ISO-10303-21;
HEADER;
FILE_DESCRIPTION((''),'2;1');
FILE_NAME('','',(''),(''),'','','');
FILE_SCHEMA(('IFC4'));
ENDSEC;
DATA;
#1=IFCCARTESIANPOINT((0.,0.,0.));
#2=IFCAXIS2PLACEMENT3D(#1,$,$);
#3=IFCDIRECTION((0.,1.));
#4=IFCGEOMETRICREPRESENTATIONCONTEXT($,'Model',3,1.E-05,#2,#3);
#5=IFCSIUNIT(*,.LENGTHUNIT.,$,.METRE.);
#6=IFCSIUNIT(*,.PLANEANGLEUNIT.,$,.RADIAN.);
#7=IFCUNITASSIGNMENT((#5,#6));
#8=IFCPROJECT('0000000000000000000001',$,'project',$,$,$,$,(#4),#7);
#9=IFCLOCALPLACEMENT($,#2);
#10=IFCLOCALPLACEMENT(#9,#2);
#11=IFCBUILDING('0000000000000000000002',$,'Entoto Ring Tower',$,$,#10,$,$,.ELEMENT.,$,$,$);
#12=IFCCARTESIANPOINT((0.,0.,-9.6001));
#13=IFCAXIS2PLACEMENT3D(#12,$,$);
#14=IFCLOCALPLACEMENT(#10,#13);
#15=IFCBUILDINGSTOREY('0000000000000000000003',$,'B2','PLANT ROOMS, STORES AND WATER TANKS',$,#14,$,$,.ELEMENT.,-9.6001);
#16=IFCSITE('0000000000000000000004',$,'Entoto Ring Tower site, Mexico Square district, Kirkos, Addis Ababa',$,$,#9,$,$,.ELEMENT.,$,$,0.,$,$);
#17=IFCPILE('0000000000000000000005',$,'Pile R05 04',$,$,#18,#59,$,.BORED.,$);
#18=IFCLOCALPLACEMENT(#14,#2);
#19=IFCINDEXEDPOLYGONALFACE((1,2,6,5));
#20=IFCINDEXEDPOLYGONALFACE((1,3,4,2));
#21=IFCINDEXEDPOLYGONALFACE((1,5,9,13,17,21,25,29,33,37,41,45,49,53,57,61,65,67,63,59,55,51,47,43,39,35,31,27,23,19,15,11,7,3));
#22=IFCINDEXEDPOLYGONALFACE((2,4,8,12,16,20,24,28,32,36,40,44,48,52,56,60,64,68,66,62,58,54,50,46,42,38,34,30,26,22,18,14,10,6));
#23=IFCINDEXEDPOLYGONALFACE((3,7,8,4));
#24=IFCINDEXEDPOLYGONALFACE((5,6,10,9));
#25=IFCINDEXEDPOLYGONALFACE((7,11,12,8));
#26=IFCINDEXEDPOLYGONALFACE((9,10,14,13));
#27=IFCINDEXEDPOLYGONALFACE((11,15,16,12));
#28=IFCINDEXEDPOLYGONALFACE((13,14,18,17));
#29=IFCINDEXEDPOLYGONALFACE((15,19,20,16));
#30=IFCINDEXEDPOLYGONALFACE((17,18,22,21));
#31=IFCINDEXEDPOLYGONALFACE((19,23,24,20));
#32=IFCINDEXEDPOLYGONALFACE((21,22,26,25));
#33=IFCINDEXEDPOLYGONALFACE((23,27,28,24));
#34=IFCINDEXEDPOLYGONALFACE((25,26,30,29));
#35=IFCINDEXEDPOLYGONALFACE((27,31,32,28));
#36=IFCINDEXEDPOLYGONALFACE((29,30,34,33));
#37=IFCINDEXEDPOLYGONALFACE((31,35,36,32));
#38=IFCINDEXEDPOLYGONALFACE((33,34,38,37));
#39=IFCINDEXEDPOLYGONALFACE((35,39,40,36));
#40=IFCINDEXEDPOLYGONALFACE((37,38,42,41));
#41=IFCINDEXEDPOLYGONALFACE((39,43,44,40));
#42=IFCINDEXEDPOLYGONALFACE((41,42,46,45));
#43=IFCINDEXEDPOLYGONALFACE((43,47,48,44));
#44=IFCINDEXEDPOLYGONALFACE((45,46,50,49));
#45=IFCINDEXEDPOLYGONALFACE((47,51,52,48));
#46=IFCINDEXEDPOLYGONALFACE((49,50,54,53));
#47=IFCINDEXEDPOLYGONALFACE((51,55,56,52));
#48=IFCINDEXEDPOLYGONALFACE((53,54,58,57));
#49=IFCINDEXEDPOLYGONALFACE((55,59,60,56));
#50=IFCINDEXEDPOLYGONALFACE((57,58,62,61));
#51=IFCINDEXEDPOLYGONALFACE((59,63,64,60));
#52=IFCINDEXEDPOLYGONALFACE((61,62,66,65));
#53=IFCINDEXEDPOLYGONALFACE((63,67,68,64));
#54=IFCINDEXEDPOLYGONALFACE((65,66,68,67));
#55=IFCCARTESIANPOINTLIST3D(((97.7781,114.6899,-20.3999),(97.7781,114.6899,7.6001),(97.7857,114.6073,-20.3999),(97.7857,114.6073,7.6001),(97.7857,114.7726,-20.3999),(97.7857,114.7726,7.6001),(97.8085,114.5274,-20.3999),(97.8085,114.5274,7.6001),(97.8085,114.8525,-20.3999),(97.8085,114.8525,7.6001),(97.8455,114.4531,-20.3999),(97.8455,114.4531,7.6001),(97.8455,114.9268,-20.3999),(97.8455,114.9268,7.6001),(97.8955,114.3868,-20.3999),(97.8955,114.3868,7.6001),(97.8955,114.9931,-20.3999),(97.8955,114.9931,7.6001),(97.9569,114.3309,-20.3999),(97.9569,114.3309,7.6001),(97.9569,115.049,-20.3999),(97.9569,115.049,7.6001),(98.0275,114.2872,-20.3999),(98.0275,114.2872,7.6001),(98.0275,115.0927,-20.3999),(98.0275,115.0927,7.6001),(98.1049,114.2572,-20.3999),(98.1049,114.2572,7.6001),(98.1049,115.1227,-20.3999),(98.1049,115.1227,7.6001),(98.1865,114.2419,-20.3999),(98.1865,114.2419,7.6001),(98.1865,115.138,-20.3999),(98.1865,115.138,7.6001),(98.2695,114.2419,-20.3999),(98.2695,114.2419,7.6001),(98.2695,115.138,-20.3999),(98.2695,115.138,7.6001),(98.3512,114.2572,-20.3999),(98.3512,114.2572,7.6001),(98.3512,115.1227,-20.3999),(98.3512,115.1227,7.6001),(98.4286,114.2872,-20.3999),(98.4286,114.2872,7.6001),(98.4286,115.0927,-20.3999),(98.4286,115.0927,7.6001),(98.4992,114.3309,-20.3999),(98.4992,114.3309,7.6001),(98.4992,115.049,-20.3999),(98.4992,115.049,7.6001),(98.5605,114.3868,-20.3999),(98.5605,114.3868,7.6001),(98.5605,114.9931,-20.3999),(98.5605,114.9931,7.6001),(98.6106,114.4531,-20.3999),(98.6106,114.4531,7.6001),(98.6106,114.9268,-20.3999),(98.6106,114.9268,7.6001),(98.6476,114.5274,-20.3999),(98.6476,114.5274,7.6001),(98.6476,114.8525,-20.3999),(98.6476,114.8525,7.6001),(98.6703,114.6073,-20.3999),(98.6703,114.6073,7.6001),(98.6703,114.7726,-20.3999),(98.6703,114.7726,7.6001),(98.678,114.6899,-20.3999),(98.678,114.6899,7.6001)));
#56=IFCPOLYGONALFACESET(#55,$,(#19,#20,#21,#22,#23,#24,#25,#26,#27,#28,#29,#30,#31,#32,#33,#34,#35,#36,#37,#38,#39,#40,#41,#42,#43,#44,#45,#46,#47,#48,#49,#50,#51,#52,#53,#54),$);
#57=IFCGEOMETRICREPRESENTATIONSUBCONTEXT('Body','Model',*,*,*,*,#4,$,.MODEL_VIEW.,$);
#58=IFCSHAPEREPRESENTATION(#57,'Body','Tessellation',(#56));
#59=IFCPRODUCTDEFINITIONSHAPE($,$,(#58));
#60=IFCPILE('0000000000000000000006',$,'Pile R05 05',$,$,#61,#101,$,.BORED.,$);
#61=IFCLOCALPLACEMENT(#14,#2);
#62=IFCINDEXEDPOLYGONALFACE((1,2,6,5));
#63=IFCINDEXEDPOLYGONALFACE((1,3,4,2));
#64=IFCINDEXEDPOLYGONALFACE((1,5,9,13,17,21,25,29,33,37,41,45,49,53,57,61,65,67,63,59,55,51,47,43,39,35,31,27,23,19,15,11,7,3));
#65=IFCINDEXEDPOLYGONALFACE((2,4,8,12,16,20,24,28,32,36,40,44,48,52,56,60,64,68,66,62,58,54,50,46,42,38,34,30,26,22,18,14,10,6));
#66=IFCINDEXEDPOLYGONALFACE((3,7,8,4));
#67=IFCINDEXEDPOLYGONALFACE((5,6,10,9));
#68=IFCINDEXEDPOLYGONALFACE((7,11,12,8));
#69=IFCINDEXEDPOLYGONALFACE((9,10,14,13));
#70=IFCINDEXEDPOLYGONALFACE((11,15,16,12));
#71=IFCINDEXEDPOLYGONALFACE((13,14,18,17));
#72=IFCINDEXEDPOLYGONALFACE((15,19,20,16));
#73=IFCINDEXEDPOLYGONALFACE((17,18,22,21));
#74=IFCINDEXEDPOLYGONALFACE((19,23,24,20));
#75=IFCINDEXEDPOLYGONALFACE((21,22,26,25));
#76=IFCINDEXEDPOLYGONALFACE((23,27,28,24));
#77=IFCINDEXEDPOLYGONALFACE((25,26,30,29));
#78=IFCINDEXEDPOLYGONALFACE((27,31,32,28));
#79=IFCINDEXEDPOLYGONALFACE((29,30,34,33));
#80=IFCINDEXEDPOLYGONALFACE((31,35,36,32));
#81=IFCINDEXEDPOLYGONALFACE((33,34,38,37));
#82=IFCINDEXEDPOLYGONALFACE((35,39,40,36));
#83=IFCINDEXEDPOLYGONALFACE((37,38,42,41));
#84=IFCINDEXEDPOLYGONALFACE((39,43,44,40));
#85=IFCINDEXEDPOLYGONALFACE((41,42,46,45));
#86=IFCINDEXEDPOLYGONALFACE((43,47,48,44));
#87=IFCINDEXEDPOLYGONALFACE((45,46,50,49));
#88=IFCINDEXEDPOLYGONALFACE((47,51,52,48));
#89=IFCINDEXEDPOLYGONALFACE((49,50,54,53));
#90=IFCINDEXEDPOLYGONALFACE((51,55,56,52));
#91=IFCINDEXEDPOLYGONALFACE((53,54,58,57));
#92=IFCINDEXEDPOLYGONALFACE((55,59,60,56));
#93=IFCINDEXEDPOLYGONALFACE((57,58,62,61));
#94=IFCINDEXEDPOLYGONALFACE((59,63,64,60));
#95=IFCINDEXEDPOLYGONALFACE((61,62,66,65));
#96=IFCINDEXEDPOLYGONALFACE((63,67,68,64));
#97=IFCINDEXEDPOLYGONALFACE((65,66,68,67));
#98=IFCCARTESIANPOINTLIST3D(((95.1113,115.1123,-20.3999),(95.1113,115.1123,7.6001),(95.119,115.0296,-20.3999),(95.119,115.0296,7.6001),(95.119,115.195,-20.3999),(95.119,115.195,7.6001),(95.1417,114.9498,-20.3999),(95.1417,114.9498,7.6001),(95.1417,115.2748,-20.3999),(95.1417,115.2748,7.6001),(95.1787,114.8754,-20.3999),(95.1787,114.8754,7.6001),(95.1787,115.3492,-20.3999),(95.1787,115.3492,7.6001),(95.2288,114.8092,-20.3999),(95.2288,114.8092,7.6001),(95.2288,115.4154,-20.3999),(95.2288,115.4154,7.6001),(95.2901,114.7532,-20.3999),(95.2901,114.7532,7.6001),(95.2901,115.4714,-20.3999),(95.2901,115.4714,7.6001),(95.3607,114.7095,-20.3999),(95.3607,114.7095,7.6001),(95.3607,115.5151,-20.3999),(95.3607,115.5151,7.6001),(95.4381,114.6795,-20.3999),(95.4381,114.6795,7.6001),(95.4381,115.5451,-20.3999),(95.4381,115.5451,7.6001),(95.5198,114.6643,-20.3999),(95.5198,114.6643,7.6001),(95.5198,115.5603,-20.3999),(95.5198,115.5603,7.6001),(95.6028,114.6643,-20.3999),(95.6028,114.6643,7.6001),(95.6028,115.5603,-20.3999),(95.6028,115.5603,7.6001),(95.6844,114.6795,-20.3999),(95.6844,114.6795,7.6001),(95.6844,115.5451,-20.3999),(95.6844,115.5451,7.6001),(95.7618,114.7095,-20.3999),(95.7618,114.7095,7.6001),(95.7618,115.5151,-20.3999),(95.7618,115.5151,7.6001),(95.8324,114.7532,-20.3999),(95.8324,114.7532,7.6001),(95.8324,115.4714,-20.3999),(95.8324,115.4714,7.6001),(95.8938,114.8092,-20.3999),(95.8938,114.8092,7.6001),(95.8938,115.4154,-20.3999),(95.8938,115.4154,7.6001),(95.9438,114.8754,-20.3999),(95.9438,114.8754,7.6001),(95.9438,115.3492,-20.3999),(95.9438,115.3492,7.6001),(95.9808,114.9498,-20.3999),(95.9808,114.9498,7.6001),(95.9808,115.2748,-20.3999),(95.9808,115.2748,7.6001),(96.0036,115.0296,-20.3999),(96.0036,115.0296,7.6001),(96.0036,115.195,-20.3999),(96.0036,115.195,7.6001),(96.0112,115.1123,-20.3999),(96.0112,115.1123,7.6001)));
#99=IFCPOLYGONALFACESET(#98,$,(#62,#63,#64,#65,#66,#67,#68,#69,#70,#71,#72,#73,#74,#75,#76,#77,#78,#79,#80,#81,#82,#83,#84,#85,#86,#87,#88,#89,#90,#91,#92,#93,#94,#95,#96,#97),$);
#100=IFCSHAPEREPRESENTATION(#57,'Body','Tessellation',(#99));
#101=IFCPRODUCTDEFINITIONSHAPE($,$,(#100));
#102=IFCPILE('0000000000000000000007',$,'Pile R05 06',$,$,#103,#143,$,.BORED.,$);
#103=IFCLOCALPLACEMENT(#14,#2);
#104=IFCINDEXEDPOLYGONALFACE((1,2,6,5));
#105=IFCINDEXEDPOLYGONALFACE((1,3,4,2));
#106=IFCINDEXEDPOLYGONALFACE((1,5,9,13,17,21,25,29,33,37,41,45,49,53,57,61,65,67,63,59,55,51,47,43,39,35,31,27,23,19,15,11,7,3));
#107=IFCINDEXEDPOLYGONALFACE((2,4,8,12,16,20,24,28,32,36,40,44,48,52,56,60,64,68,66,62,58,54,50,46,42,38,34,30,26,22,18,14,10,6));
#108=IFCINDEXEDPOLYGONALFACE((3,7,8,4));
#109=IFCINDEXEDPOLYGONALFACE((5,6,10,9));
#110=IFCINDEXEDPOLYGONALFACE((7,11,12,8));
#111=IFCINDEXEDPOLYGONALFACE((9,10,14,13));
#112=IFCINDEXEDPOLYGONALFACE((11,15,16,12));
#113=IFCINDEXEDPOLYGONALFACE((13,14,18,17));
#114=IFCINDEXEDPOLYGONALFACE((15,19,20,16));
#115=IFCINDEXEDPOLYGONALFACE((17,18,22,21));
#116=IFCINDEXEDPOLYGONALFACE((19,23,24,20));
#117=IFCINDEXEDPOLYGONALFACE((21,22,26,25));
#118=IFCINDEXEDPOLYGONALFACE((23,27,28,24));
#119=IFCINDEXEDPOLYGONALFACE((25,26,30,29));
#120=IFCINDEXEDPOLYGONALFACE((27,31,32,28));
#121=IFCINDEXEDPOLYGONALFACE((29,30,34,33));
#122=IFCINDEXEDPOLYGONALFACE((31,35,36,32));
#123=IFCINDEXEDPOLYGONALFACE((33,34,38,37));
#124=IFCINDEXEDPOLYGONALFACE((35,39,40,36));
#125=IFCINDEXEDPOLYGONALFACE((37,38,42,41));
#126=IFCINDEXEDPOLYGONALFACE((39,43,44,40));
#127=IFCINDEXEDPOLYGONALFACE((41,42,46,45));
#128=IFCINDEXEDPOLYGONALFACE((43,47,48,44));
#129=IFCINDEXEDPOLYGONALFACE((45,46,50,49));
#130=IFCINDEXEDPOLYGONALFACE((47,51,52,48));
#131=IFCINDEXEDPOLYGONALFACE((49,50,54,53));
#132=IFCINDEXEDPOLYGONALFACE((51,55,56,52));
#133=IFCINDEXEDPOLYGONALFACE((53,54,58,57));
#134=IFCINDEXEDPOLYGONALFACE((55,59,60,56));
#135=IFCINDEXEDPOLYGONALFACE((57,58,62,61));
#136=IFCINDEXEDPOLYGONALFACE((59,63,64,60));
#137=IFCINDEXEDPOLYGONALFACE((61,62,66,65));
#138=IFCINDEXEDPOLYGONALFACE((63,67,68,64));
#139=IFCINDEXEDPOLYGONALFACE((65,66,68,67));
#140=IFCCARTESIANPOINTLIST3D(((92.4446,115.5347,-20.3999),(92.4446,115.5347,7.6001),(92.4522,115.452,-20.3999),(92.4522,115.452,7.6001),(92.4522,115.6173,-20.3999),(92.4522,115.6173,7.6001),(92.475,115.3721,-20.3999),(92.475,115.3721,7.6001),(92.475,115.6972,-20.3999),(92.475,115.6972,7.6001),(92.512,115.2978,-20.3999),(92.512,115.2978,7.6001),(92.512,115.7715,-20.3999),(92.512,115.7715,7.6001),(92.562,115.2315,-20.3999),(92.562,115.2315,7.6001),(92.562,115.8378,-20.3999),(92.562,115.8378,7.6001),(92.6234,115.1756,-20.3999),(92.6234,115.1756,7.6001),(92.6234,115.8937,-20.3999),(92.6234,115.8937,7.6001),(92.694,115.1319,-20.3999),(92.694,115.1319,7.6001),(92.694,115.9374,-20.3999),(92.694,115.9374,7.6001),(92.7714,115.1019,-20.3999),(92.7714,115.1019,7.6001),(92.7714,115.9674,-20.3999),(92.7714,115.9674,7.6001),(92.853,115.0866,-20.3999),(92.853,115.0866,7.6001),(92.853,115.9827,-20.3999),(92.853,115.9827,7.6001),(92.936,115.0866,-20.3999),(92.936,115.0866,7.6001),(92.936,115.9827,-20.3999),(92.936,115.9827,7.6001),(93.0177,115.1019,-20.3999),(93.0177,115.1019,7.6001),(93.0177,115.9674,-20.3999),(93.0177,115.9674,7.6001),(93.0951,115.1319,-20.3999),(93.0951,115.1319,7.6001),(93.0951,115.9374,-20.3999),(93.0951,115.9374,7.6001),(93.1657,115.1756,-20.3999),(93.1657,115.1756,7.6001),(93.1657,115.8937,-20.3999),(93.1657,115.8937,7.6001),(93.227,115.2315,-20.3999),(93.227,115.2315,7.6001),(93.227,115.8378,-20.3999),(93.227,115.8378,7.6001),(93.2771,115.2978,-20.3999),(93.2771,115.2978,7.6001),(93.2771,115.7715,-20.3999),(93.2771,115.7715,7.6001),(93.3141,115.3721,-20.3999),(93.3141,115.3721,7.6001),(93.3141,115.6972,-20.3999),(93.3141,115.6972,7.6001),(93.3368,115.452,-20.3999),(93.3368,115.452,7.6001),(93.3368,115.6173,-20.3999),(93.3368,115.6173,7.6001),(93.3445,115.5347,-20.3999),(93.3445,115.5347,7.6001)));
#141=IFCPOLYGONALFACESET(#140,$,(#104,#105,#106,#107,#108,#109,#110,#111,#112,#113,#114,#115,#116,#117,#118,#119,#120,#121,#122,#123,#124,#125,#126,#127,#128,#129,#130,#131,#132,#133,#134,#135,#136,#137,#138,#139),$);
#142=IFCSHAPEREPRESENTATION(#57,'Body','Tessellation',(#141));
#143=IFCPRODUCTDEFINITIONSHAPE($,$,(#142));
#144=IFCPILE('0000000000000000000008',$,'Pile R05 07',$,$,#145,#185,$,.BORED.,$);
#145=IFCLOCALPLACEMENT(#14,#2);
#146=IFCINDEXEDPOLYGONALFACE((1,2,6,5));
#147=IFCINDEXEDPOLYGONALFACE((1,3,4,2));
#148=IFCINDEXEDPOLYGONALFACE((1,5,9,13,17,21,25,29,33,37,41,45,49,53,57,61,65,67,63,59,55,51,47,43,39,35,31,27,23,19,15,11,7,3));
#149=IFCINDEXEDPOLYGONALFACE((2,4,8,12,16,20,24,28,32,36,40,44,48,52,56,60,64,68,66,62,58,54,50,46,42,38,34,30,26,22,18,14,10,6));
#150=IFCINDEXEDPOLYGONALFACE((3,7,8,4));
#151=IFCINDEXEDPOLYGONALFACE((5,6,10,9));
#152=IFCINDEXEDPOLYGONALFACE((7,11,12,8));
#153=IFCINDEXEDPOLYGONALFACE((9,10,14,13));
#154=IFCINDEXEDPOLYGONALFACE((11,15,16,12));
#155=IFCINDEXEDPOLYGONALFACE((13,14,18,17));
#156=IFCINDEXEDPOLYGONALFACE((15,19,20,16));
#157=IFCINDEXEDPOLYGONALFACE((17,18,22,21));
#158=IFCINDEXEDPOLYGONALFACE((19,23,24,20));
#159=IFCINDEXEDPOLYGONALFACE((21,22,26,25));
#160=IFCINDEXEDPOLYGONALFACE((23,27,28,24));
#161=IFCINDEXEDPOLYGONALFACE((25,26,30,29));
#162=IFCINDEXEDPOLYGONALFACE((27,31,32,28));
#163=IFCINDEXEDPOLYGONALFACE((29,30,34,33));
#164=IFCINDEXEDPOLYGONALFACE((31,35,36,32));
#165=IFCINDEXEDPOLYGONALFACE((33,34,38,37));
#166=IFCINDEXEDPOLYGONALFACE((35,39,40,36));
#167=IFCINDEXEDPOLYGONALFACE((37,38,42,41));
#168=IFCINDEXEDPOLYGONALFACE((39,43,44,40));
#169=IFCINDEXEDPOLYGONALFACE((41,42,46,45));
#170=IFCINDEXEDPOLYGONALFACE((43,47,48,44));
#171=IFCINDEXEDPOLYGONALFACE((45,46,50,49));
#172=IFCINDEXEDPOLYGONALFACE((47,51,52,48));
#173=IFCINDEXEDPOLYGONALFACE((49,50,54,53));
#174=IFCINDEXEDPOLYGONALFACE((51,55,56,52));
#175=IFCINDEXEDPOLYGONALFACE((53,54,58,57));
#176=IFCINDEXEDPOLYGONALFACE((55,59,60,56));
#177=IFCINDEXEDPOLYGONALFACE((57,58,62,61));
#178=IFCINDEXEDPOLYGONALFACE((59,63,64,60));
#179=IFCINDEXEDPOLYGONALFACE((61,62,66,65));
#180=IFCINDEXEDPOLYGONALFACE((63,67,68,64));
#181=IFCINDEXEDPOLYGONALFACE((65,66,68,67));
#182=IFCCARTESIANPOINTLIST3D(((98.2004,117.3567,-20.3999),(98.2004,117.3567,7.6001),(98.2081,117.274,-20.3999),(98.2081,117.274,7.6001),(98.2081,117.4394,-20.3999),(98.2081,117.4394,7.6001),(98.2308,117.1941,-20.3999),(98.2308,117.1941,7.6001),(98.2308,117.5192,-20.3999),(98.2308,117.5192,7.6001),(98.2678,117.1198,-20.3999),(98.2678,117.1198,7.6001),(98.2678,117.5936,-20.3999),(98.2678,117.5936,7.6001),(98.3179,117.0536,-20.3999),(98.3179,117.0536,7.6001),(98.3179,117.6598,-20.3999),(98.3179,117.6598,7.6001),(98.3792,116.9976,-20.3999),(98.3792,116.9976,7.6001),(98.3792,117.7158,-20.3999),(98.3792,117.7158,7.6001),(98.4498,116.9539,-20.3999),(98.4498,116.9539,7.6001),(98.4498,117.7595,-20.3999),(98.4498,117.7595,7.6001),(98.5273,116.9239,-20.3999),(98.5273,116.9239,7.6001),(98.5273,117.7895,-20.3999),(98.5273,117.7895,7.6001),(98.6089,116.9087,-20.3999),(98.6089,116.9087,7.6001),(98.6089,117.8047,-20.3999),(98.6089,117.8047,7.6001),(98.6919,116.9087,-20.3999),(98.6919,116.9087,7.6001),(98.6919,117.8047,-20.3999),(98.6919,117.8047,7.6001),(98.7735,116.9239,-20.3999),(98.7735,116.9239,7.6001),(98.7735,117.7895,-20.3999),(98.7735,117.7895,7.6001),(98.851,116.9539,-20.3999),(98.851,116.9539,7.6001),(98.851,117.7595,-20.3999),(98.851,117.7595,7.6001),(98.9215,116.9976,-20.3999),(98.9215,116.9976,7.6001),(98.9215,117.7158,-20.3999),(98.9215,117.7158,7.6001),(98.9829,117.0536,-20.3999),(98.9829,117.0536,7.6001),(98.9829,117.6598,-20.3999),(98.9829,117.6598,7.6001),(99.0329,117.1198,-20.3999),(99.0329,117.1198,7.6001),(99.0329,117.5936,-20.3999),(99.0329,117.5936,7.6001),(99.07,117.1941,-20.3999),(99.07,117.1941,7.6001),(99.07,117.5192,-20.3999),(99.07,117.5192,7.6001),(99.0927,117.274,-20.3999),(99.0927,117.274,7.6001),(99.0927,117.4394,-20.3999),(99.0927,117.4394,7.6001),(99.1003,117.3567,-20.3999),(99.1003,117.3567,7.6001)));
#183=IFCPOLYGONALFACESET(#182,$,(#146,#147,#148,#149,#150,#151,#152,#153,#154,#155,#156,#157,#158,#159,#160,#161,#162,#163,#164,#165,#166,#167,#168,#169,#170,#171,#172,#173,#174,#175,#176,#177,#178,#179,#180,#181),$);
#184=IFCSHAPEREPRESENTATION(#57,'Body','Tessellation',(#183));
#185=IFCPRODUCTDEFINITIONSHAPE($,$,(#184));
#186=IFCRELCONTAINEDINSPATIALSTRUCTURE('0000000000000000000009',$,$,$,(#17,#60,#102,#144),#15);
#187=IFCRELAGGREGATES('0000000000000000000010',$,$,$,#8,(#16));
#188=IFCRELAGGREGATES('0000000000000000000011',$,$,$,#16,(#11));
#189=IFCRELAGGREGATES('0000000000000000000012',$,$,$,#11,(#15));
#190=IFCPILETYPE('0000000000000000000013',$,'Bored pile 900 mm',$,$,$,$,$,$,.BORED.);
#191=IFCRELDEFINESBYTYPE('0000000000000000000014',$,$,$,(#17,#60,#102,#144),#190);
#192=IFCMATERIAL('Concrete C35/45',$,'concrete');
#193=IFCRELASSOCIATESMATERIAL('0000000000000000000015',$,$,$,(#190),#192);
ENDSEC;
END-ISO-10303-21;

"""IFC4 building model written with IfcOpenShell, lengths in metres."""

from ifc_helpers import new_model, si_unit, direction, frame, origin, origin_2d, place, context, subcontext, project, spatial, circle, extrude, material, material_profile, profile_set, type_object, element, save


model = new_model("IFC4")

# Units and contexts
model_context = context("Model", 3, precision=1e-05, world=origin(), true_north=direction((0.0, 1.0)))
body_context = subcontext(model_context, "Body", "Model", "MODEL_VIEW")
ifc_project = project(units=[si_unit("LENGTHUNIT", "METRE"), si_unit("PLANEANGLEUNIT", "RADIAN")], contexts=[model_context])

# Site, building, storey
site_placement = place(None, origin())
site = spatial("IfcSite", under=ifc_project, at=site_placement, Name="Entoto Ring Tower site, Mexico Square district, Kirkos, Addis Ababa", CompositionType="ELEMENT", RefElevation=0.0)
building_placement = place(site_placement, origin())
building = spatial("IfcBuilding", under=site, at=building_placement, Name="Entoto Ring Tower", CompositionType="ELEMENT")
storey_placement = place(building_placement, frame((0.0, 0.0, -9.6001)))
storey = spatial("IfcBuildingStorey", under=building, at=storey_placement, Name="B2", Description="PLANT ROOMS, STORES AND WATER TANKS", CompositionType="ELEMENT", Elevation=-9.6001)

# Piles
ifc_material_1 = material(Name="Concrete C35/45", Category="concrete")
ifc_material_profile_1 = material_profile(ifc_material_1, circle(Radius=0.45, at=origin_2d()), Name="Bored pile 900 mm")
ifc_profile_set_1 = profile_set([ifc_material_profile_1], Name="Concrete C35/45")
pile_type_1 = type_object("IfcPileType", Name="Bored pile 900 mm", PredefinedType="BORED", material=ifc_profile_set_1)
for number, where, z_axis, x_axis, name in (
    (1, (98.228, 114.6899, 7.6001), (0.0, 0.0, -1.0), (1.0, 0.0, 0.0), "Pile R05 04"),
    (2, (95.5613, 115.1123, 7.6001), (0.0, 0.0, -1.0), (1.0, 0.0, 0.0), "Pile R05 05"),
    (3, (92.8945, 115.5347, 7.6001), (0.0, 0.0, -1.0), (1.0, 0.0, 0.0), "Pile R05 06"),
    (4, (98.6504, 117.3567, 7.6001), (0.0, 0.0, -1.0), (1.0, 0.0, 0.0), "Pile R05 07"),
):
    element("IfcPile", number, at=place(storey_placement, frame(where, z_axis=z_axis, x_axis=x_axis)), inside=storey, type_object=pile_type_1, Name=name, PredefinedType="BORED", context=body_context, shape_type="SweptSolid", body=[
        extrude(circle(Radius=0.45, at=origin_2d()), origin(), (0.0, 0.0, 1.0), 28.0),
    ])

save(model, "model.ifc")
